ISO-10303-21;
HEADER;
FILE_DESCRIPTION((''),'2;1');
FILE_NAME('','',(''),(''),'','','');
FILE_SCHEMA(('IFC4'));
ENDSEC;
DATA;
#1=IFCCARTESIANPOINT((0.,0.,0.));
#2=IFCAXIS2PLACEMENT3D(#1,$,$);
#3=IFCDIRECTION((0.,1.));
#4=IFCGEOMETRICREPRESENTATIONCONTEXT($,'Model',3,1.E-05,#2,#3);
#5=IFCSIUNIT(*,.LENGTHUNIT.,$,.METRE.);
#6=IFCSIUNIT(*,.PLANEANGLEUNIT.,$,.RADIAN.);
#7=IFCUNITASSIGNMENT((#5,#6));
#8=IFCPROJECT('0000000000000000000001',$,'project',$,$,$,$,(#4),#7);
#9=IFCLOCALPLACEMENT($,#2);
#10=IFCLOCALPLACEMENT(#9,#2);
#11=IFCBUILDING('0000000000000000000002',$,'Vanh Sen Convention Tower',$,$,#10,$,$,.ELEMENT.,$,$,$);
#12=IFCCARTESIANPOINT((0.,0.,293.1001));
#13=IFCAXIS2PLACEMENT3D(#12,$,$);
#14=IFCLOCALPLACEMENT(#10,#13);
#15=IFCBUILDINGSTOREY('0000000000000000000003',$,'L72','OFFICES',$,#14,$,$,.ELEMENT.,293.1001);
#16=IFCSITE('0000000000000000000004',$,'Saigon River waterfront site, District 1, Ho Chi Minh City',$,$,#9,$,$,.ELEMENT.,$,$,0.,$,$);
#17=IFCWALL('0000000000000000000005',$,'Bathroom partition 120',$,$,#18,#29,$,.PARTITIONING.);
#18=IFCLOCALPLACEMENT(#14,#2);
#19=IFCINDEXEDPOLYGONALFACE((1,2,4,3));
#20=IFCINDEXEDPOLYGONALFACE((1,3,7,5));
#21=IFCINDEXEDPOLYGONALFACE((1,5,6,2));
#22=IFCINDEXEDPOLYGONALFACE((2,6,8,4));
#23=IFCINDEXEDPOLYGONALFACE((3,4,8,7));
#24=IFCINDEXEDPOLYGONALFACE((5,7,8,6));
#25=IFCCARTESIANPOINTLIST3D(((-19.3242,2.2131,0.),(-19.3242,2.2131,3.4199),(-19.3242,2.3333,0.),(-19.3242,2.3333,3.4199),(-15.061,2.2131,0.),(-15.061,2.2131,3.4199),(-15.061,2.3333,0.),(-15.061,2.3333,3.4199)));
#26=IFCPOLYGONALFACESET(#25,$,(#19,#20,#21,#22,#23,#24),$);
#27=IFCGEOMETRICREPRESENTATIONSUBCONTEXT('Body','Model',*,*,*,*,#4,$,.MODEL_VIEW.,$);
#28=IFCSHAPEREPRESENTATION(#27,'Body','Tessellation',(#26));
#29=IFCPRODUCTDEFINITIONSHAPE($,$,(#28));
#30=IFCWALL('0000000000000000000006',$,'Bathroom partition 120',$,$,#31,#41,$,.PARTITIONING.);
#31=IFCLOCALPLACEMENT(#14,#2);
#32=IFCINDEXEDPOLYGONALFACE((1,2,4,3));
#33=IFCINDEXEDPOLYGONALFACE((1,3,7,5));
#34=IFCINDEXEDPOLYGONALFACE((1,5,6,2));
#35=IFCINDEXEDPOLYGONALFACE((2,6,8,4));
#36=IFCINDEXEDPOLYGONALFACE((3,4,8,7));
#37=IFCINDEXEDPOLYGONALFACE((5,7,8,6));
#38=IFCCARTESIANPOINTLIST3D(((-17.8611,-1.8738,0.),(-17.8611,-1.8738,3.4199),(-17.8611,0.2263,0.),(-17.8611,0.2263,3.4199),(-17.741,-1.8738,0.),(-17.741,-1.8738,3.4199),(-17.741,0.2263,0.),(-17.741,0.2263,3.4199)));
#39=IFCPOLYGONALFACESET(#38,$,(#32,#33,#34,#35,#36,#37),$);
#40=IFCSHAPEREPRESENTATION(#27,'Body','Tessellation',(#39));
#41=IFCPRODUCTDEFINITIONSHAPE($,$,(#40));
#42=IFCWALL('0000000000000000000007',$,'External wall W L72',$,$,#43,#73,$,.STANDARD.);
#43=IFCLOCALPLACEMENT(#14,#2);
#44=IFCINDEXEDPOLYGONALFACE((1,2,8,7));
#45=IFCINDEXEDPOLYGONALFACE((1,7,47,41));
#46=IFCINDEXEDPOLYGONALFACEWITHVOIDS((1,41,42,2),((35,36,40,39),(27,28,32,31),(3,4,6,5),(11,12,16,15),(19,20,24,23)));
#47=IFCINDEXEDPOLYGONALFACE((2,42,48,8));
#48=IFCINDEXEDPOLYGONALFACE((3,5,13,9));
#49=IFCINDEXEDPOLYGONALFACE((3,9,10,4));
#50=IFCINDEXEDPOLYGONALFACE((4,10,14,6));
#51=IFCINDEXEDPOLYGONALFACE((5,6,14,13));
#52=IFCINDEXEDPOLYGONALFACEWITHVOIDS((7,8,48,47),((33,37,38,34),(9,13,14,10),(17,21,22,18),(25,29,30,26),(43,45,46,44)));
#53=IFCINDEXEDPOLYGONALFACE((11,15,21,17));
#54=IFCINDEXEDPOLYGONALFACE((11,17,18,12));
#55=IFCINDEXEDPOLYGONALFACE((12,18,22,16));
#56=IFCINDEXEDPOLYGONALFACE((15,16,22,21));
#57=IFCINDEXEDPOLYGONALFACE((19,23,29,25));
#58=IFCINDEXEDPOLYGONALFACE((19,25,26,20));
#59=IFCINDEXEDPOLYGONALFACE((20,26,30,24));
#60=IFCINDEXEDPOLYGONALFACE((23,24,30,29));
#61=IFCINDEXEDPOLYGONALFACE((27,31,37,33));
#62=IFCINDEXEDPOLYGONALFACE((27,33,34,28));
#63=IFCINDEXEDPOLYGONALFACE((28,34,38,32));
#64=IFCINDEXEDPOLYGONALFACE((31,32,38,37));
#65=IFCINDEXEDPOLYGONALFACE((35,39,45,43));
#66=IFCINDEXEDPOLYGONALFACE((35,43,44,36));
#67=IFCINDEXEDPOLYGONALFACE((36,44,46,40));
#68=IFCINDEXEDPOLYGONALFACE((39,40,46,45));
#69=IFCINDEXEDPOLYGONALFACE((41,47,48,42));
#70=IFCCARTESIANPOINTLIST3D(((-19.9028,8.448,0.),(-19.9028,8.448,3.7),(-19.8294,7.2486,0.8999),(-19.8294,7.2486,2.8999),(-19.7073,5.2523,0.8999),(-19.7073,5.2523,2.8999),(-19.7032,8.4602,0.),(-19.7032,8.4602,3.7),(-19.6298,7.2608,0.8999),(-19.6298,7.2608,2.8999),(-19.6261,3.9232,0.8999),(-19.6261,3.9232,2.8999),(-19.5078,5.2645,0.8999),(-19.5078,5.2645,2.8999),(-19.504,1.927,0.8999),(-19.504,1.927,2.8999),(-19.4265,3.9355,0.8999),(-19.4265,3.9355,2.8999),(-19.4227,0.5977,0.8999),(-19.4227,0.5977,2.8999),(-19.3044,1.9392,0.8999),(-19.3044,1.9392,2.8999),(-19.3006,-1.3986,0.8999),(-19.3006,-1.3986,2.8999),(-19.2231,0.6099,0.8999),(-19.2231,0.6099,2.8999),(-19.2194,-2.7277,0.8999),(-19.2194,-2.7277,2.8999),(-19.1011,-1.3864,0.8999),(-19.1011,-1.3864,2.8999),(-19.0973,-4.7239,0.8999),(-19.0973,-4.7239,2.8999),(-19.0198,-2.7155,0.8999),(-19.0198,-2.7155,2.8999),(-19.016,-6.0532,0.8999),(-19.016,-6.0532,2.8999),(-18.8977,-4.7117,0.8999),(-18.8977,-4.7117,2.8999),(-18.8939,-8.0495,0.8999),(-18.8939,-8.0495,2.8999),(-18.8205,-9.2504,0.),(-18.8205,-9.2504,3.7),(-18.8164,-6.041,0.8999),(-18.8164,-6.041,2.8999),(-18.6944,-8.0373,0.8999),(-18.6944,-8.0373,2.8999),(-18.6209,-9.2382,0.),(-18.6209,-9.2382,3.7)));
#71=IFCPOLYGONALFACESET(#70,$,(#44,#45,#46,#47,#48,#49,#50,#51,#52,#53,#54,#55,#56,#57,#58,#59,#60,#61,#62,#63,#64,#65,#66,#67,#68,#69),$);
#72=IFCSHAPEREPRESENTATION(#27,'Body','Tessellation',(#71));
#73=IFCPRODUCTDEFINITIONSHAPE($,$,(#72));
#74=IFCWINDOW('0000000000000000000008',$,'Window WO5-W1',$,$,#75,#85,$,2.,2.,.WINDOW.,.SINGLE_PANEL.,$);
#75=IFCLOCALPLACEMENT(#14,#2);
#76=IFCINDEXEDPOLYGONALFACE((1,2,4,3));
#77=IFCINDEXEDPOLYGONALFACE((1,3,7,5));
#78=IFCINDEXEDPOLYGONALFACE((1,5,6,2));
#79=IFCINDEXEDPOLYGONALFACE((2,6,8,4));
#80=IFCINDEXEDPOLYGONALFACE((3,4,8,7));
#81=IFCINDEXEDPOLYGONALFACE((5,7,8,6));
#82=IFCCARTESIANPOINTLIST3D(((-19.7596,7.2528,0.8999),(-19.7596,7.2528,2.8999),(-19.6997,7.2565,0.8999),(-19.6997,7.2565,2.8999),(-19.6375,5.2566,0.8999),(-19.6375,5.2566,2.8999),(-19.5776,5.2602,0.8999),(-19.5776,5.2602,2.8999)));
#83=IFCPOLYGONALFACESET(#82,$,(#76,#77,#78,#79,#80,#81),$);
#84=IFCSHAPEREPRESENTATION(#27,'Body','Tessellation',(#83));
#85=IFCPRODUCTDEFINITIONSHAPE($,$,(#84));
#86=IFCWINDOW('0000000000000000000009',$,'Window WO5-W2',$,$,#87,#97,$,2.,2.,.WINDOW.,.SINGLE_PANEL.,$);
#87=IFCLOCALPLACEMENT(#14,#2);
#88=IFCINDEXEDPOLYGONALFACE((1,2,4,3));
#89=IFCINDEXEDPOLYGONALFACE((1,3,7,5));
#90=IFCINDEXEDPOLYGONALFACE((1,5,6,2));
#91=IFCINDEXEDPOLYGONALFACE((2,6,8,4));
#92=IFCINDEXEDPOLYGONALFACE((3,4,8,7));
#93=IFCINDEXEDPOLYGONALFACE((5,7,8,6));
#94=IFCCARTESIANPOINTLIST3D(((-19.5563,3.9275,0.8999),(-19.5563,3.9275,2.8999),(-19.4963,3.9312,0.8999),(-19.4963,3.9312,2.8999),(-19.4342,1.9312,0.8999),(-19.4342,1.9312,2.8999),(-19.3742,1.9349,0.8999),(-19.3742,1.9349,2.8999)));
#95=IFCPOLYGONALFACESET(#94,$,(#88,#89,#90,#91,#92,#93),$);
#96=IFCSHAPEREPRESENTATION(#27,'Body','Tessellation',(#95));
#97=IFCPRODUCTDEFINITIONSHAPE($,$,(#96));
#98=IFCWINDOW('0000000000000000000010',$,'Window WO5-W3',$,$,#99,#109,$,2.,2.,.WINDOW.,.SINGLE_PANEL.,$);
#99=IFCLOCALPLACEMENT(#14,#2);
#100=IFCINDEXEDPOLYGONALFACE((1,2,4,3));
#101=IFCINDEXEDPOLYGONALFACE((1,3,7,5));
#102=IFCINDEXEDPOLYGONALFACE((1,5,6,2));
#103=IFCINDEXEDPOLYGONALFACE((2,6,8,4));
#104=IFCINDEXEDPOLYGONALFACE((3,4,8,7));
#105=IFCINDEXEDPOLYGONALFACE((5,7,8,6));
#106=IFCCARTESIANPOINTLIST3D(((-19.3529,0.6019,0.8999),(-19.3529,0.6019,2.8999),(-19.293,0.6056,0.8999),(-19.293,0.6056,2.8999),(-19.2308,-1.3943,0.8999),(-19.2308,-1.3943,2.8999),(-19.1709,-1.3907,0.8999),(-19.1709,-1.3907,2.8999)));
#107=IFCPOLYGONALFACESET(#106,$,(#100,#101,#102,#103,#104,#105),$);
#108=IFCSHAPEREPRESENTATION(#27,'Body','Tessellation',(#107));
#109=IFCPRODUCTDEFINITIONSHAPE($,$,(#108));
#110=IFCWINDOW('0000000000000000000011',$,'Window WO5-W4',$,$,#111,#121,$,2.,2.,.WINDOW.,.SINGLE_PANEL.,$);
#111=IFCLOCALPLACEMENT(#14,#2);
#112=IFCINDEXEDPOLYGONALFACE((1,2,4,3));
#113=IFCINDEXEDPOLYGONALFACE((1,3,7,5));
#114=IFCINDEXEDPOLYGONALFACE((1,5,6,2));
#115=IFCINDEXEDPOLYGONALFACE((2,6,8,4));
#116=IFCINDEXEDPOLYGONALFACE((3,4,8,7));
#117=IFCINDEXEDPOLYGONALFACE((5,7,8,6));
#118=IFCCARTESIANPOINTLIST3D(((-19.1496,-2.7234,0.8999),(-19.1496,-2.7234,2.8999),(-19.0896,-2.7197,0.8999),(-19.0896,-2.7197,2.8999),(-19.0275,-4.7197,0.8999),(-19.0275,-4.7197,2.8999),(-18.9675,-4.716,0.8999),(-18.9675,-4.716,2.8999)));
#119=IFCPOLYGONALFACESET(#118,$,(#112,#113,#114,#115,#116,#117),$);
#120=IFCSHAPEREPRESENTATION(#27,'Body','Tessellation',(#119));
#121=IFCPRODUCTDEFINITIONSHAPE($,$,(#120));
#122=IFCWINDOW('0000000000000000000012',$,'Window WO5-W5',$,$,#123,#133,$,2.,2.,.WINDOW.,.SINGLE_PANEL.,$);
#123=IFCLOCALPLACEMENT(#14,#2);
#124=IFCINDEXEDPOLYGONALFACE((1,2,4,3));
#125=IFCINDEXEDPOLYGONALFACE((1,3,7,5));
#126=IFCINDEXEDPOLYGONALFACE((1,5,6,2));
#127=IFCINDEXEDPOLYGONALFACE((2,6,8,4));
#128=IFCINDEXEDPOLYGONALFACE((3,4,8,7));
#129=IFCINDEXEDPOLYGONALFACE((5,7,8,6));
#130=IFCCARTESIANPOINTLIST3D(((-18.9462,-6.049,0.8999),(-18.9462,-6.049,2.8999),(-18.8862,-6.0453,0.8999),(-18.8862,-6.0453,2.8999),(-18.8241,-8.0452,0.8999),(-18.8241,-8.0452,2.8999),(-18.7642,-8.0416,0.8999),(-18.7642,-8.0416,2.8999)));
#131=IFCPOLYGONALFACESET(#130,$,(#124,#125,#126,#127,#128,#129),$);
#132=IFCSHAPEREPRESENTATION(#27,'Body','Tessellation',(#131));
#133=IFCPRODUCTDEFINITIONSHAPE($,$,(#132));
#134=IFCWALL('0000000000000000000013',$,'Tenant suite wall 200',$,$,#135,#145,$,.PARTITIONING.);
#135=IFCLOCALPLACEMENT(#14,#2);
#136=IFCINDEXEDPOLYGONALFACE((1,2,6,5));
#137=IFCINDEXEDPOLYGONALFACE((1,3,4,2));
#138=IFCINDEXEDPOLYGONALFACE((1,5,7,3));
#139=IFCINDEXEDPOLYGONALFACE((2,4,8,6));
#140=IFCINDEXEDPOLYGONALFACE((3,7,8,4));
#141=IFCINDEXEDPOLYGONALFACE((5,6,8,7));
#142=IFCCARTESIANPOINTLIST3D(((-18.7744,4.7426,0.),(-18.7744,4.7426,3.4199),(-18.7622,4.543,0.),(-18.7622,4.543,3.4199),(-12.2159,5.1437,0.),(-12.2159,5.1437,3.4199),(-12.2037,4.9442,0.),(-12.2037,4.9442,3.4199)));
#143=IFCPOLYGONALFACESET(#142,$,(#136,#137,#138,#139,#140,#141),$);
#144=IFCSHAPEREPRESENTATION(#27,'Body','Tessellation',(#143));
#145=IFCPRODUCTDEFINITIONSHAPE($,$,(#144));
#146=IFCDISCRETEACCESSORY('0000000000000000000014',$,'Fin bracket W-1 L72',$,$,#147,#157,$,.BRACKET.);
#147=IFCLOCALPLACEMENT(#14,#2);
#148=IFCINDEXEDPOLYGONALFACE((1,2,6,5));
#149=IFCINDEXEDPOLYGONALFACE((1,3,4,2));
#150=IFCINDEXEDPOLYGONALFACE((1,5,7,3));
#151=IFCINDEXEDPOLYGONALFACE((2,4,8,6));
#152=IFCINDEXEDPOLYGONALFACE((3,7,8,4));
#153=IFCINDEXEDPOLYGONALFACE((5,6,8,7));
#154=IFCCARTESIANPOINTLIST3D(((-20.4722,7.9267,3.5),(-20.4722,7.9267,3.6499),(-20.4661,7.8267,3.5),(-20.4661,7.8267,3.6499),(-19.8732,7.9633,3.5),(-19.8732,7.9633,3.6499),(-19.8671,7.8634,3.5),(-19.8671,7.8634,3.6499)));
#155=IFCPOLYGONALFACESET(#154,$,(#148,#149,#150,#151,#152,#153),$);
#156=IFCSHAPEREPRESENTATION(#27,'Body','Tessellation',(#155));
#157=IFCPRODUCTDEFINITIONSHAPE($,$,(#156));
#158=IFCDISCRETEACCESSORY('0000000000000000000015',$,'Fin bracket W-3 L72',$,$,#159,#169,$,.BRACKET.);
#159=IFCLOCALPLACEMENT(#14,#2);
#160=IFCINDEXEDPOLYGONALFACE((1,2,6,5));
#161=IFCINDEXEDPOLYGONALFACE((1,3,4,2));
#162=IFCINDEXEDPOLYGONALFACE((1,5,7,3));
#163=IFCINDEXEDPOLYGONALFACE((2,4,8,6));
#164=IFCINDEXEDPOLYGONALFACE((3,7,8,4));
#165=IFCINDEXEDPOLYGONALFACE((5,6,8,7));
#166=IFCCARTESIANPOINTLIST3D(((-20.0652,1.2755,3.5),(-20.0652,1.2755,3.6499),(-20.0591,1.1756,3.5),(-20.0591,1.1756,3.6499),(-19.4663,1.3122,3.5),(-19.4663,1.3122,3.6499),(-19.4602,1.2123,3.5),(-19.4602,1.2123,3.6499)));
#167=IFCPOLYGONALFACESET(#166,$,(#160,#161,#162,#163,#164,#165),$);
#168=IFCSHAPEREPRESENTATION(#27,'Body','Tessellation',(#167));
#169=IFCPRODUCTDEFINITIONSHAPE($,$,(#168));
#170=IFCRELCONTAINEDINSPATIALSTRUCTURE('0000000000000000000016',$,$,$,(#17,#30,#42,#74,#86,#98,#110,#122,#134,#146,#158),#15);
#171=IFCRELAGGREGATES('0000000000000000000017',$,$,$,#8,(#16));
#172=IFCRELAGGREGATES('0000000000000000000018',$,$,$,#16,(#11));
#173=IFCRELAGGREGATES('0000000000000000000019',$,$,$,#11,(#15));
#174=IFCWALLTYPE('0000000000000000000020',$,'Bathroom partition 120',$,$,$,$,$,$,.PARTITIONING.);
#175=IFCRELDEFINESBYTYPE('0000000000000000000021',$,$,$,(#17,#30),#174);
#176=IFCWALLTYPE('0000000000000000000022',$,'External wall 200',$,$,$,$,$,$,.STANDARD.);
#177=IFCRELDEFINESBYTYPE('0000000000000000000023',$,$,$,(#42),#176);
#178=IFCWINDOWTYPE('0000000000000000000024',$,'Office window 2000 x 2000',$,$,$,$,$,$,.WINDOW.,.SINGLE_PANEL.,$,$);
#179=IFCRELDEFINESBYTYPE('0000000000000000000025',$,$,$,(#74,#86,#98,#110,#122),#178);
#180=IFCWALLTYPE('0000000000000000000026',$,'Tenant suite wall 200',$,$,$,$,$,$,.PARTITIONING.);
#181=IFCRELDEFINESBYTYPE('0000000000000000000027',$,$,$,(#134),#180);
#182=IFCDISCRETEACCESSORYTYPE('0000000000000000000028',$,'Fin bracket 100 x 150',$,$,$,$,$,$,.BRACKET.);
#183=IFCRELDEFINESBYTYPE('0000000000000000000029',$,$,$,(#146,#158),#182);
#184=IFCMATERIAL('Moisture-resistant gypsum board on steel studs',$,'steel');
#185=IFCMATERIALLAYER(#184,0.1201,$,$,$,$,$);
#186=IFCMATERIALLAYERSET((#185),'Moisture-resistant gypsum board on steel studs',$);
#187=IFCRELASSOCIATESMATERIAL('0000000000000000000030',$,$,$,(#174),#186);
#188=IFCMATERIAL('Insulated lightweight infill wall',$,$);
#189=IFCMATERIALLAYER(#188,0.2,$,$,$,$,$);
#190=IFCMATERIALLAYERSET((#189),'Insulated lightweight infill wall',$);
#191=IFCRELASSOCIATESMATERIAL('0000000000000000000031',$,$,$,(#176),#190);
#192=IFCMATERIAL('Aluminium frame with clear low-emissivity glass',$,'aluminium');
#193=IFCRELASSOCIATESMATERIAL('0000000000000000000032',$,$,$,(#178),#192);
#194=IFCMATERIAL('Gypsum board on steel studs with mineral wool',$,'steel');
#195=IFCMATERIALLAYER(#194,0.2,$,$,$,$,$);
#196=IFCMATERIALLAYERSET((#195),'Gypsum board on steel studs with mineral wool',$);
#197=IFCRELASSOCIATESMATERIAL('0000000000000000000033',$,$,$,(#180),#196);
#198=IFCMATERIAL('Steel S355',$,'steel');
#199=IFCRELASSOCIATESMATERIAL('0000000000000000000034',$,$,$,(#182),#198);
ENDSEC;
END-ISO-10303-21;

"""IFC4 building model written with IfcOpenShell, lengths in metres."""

from ifc_helpers import new_model, si_unit, direction, frame, frame_2d, origin, origin_2d, place, context, subcontext, project, spatial, rectangle, extrude, material, layer, layer_set, type_object, element, fill, save


model = new_model("IFC4")

# Units and contexts
model_context = context("Model", 3, precision=1e-05, world=origin(), true_north=direction((0.0, 1.0)))
body_context = subcontext(model_context, "Body", "Model", "MODEL_VIEW")
ifc_project = project(units=[si_unit("LENGTHUNIT", "METRE"), si_unit("PLANEANGLEUNIT", "RADIAN")], contexts=[model_context])

# Site, building, storey
site_placement = place(None, origin())
site = spatial("IfcSite", under=ifc_project, at=site_placement, Name="Saigon River waterfront site, District 1, Ho Chi Minh City", CompositionType="ELEMENT", RefElevation=0.0)
building_placement = place(site_placement, origin())
building = spatial("IfcBuilding", under=site, at=building_placement, Name="Vanh Sen Convention Tower", CompositionType="ELEMENT")
storey_placement = place(building_placement, frame((0.0, 0.0, 293.1001)))
storey = spatial("IfcBuildingStorey", under=building, at=storey_placement, Name="L72", Description="OFFICES", CompositionType="ELEMENT", Elevation=293.1001)

# Walls
ifc_material_1 = material(Name="Moisture-resistant gypsum board on steel studs", Category="steel")
ifc_layer_1 = layer(ifc_material_1, 0.1201)
ifc_layer_set_1 = layer_set([ifc_layer_1], Name="Moisture-resistant gypsum board on steel studs")
wall_type_1 = type_object("IfcWallType", Name="Bathroom partition 120", PredefinedType="PARTITIONING", material=ifc_layer_set_1)
wall_1_placement = place(storey_placement, frame((-19.3242, 2.2732, 0.0), z_axis=(0.0, 0.0, 1.0), x_axis=(1.0, 0.0, 0.0)))
element("IfcWall", 1, at=wall_1_placement, inside=storey, type_object=wall_type_1, Name="Bathroom partition 120", PredefinedType="PARTITIONING", context=body_context, shape_type="SweptSolid", body=[
    extrude(rectangle(XDim=4.2632, YDim=0.1201, at=frame_2d((2.1316, 0.0))), origin(), (0.0, 0.0, 1.0), 3.4199),
])
wall_2_placement = place(storey_placement, frame((-17.801, 0.2263, 0.0), z_axis=(0.0, 0.0, 1.0), x_axis=(0.0, -1.0, 0.0)))
element("IfcWall", 2, at=wall_2_placement, inside=storey, type_object=wall_type_1, Name="Bathroom partition 120", PredefinedType="PARTITIONING", context=body_context, shape_type="SweptSolid", body=[
    extrude(rectangle(XDim=2.1001, YDim=0.1201, at=frame_2d((1.05, 0.0))), origin(), (0.0, 0.0, 1.0), 3.4199),
])

# Wall, openings, windows
ifc_material_2 = material(Name="Insulated lightweight infill wall")
ifc_layer_2 = layer(ifc_material_2, 0.2)
ifc_layer_set_2 = layer_set([ifc_layer_2], Name="Insulated lightweight infill wall")
wall_type_2 = type_object("IfcWallType", Name="External wall 200", PredefinedType="STANDARD", material=ifc_layer_set_2)
wall_3_placement = place(storey_placement, frame((-19.803, 8.4541, 0.0), z_axis=(0.0, 0.0, 1.0), x_axis=(0.061037, -0.998136, 0.0)))
wall_3 = element("IfcWall", 3, at=wall_3_placement, inside=storey, type_object=wall_type_2, Name="External wall W L72", PredefinedType="STANDARD", context=body_context, shape_type="SweptSolid", body=[
    extrude(rectangle(XDim=17.7314, YDim=0.2, at=frame_2d((8.8657, 0.0))), origin(), (0.0, 0.0, 1.0), 3.7),
])
opening_1_placement = place(wall_3_placement, frame((1.2017, 0.0, 0.8999)))
opening_1 = element("IfcOpeningElement", 4, at=opening_1_placement, cuts=wall_3, PredefinedType="OPENING", context=body_context, shape_type="SweptSolid", body=[
    extrude(rectangle(XDim=2.0, YDim=2.0, at=frame_2d((1.0, 1.0))), frame((0.0, 0.1099, 0.0), z_axis=(0.0, -1.0, 0.0), x_axis=(1.0, 0.0, 0.0)), (0.0, 0.0, 1.0), 0.22),
])
opening_2_placement = place(wall_3_placement, frame((4.5332, 0.0, 0.8999)))
opening_2 = element("IfcOpeningElement", 5, at=opening_2_placement, cuts=wall_3, PredefinedType="OPENING", context=body_context, shape_type="SweptSolid", body=[
    extrude(rectangle(XDim=2.0, YDim=2.0, at=frame_2d((1.0, 1.0))), frame((0.0, 0.1099, 0.0), z_axis=(0.0, -1.0, 0.0), x_axis=(1.0, 0.0, 0.0)), (0.0, 0.0, 1.0), 0.22),
])
opening_3_placement = place(wall_3_placement, frame((7.865, 0.0, 0.8999)))
opening_3 = element("IfcOpeningElement", 6, at=opening_3_placement, cuts=wall_3, PredefinedType="OPENING", context=body_context, shape_type="SweptSolid", body=[
    extrude(rectangle(XDim=2.0, YDim=2.0, at=frame_2d((1.0, 1.0))), frame((0.0, 0.1099, 0.0), z_axis=(0.0, -1.0, 0.0), x_axis=(1.0, 0.0, 0.0)), (0.0, 0.0, 1.0), 0.22),
])
opening_4_placement = place(wall_3_placement, frame((11.1965, 0.0, 0.8999)))
opening_4 = element("IfcOpeningElement", 7, at=opening_4_placement, cuts=wall_3, PredefinedType="OPENING", context=body_context, shape_type="SweptSolid", body=[
    extrude(rectangle(XDim=2.0, YDim=2.0, at=frame_2d((1.0, 1.0))), frame((0.0, 0.1099, 0.0), z_axis=(0.0, -1.0, 0.0), x_axis=(1.0, 0.0, 0.0)), (0.0, 0.0, 1.0), 0.22),
])
opening_5_placement = place(wall_3_placement, frame((14.5283, 0.0, 0.8999)))
opening_5 = element("IfcOpeningElement", 8, at=opening_5_placement, cuts=wall_3, PredefinedType="OPENING", context=body_context, shape_type="SweptSolid", body=[
    extrude(rectangle(XDim=2.0, YDim=2.0, at=frame_2d((1.0, 1.0))), frame((0.0, 0.1099, 0.0), z_axis=(0.0, -1.0, 0.0), x_axis=(1.0, 0.0, 0.0)), (0.0, 0.0, 1.0), 0.22),
])
ifc_material_3 = material(Name="Aluminium frame with clear low-emissivity glass", Category="aluminium")
window_type = type_object("IfcWindowType", Name="Office window 2000 x 2000", PartitioningType="SINGLE_PANEL", PredefinedType="WINDOW", material=ifc_material_3)
window_1_placement = place(opening_1_placement, origin())
window_1 = element("IfcWindow", 9, at=window_1_placement, inside=storey, type_object=window_type, Name="Window WO5-W1", OverallHeight=2.0, OverallWidth=2.0, PartitioningType="SINGLE_PANEL", PredefinedType="WINDOW", context=body_context, shape_type="SweptSolid", body=[
    extrude(rectangle(XDim=2.0, YDim=2.0, at=frame_2d((1.0, 1.0))), frame((0.0, 0.03, 0.0), z_axis=(0.0, -1.0, 0.0), x_axis=(1.0, 0.0, 0.0)), (0.0, 0.0, 1.0), 0.0601),
])
fill(opening_1, window_1)
window_2_placement = place(opening_2_placement, origin())
window_2 = element("IfcWindow", 10, at=window_2_placement, inside=storey, type_object=window_type, Name="Window WO5-W2", OverallHeight=2.0, OverallWidth=2.0, PartitioningType="SINGLE_PANEL", PredefinedType="WINDOW", context=body_context, shape_type="SweptSolid", body=[
    extrude(rectangle(XDim=2.0, YDim=2.0, at=frame_2d((1.0, 1.0))), frame((0.0, 0.03, 0.0), z_axis=(0.0, -1.0, 0.0), x_axis=(1.0, 0.0, 0.0)), (0.0, 0.0, 1.0), 0.0601),
])
fill(opening_2, window_2)
window_3_placement = place(opening_3_placement, origin())
window_3 = element("IfcWindow", 11, at=window_3_placement, inside=storey, type_object=window_type, Name="Window WO5-W3", OverallHeight=2.0, OverallWidth=2.0, PartitioningType="SINGLE_PANEL", PredefinedType="WINDOW", context=body_context, shape_type="SweptSolid", body=[
    extrude(rectangle(XDim=2.0, YDim=2.0, at=frame_2d((1.0, 1.0))), frame((0.0, 0.03, 0.0), z_axis=(0.0, -1.0, 0.0), x_axis=(1.0, 0.0, 0.0)), (0.0, 0.0, 1.0), 0.0601),
])
fill(opening_3, window_3)
window_4_placement = place(opening_4_placement, origin())
window_4 = element("IfcWindow", 12, at=window_4_placement, inside=storey, type_object=window_type, Name="Window WO5-W4", OverallHeight=2.0, OverallWidth=2.0, PartitioningType="SINGLE_PANEL", PredefinedType="WINDOW", context=body_context, shape_type="SweptSolid", body=[
    extrude(rectangle(XDim=2.0, YDim=2.0, at=frame_2d((1.0, 1.0))), frame((0.0, 0.03, 0.0), z_axis=(0.0, -1.0, 0.0), x_axis=(1.0, 0.0, 0.0)), (0.0, 0.0, 1.0), 0.0601),
])
fill(opening_4, window_4)
window_5_placement = place(opening_5_placement, origin())
window_5 = element("IfcWindow", 13, at=window_5_placement, inside=storey, type_object=window_type, Name="Window WO5-W5", OverallHeight=2.0, OverallWidth=2.0, PartitioningType="SINGLE_PANEL", PredefinedType="WINDOW", context=body_context, shape_type="SweptSolid", body=[
    extrude(rectangle(XDim=2.0, YDim=2.0, at=frame_2d((1.0, 1.0))), frame((0.0, 0.03, 0.0), z_axis=(0.0, -1.0, 0.0), x_axis=(1.0, 0.0, 0.0)), (0.0, 0.0, 1.0), 0.0601),
])
fill(opening_5, window_5)

# Wall
ifc_material_4 = material(Name="Gypsum board on steel studs with mineral wool", Category="steel")
ifc_layer_3 = layer(ifc_material_4, 0.2)
ifc_layer_set_3 = layer_set([ifc_layer_3], Name="Gypsum board on steel studs with mineral wool")
wall_type_3 = type_object("IfcWallType", Name="Tenant suite wall 200", PredefinedType="PARTITIONING", material=ifc_layer_set_3)
wall_4_placement = place(storey_placement, frame((-18.7683, 4.6428, 0.0), z_axis=(0.0, 0.0, 1.0), x_axis=(0.998135, 0.061046, 0.0)))
element("IfcWall", 14, at=wall_4_placement, inside=storey, type_object=wall_type_3, Name="Tenant suite wall 200", PredefinedType="PARTITIONING", context=body_context, shape_type="SweptSolid", body=[
    extrude(rectangle(XDim=6.5708, YDim=0.2, at=frame_2d((3.2854, 0.0))), origin(), (0.0, 0.0, 1.0), 3.4199),
])

# Discrete accessories
ifc_material_5 = material(Name="Steel S355", Category="steel")
discrete_accessory_type = type_object("IfcDiscreteAccessoryType", Name="Fin bracket 100 x 150", PredefinedType="BRACKET", material=ifc_material_5)
for number, where, z_axis, x_axis, name in (
    (15, (-20.1697, 7.895, 3.5), (0.0, 0.0, 1.0), (-0.998135, -0.061049, 0.0), "Fin bracket W-1 L72"),
    (16, (-19.7627, 1.2439, 3.5), (0.0, 0.0, 1.0), (-0.998135, -0.061049, 0.0), "Fin bracket W-3 L72"),
):
    element("IfcDiscreteAccessory", number, at=place(storey_placement, frame(where, z_axis=z_axis, x_axis=x_axis)), inside=storey, type_object=discrete_accessory_type, Name=name, PredefinedType="BRACKET", context=body_context, shape_type="SweptSolid", body=[
        extrude(rectangle(XDim=0.6001, YDim=0.1001, at=origin_2d()), origin(), (0.0, 0.0, 1.0), 0.1499),
    ])

save(model, "model.ifc")
